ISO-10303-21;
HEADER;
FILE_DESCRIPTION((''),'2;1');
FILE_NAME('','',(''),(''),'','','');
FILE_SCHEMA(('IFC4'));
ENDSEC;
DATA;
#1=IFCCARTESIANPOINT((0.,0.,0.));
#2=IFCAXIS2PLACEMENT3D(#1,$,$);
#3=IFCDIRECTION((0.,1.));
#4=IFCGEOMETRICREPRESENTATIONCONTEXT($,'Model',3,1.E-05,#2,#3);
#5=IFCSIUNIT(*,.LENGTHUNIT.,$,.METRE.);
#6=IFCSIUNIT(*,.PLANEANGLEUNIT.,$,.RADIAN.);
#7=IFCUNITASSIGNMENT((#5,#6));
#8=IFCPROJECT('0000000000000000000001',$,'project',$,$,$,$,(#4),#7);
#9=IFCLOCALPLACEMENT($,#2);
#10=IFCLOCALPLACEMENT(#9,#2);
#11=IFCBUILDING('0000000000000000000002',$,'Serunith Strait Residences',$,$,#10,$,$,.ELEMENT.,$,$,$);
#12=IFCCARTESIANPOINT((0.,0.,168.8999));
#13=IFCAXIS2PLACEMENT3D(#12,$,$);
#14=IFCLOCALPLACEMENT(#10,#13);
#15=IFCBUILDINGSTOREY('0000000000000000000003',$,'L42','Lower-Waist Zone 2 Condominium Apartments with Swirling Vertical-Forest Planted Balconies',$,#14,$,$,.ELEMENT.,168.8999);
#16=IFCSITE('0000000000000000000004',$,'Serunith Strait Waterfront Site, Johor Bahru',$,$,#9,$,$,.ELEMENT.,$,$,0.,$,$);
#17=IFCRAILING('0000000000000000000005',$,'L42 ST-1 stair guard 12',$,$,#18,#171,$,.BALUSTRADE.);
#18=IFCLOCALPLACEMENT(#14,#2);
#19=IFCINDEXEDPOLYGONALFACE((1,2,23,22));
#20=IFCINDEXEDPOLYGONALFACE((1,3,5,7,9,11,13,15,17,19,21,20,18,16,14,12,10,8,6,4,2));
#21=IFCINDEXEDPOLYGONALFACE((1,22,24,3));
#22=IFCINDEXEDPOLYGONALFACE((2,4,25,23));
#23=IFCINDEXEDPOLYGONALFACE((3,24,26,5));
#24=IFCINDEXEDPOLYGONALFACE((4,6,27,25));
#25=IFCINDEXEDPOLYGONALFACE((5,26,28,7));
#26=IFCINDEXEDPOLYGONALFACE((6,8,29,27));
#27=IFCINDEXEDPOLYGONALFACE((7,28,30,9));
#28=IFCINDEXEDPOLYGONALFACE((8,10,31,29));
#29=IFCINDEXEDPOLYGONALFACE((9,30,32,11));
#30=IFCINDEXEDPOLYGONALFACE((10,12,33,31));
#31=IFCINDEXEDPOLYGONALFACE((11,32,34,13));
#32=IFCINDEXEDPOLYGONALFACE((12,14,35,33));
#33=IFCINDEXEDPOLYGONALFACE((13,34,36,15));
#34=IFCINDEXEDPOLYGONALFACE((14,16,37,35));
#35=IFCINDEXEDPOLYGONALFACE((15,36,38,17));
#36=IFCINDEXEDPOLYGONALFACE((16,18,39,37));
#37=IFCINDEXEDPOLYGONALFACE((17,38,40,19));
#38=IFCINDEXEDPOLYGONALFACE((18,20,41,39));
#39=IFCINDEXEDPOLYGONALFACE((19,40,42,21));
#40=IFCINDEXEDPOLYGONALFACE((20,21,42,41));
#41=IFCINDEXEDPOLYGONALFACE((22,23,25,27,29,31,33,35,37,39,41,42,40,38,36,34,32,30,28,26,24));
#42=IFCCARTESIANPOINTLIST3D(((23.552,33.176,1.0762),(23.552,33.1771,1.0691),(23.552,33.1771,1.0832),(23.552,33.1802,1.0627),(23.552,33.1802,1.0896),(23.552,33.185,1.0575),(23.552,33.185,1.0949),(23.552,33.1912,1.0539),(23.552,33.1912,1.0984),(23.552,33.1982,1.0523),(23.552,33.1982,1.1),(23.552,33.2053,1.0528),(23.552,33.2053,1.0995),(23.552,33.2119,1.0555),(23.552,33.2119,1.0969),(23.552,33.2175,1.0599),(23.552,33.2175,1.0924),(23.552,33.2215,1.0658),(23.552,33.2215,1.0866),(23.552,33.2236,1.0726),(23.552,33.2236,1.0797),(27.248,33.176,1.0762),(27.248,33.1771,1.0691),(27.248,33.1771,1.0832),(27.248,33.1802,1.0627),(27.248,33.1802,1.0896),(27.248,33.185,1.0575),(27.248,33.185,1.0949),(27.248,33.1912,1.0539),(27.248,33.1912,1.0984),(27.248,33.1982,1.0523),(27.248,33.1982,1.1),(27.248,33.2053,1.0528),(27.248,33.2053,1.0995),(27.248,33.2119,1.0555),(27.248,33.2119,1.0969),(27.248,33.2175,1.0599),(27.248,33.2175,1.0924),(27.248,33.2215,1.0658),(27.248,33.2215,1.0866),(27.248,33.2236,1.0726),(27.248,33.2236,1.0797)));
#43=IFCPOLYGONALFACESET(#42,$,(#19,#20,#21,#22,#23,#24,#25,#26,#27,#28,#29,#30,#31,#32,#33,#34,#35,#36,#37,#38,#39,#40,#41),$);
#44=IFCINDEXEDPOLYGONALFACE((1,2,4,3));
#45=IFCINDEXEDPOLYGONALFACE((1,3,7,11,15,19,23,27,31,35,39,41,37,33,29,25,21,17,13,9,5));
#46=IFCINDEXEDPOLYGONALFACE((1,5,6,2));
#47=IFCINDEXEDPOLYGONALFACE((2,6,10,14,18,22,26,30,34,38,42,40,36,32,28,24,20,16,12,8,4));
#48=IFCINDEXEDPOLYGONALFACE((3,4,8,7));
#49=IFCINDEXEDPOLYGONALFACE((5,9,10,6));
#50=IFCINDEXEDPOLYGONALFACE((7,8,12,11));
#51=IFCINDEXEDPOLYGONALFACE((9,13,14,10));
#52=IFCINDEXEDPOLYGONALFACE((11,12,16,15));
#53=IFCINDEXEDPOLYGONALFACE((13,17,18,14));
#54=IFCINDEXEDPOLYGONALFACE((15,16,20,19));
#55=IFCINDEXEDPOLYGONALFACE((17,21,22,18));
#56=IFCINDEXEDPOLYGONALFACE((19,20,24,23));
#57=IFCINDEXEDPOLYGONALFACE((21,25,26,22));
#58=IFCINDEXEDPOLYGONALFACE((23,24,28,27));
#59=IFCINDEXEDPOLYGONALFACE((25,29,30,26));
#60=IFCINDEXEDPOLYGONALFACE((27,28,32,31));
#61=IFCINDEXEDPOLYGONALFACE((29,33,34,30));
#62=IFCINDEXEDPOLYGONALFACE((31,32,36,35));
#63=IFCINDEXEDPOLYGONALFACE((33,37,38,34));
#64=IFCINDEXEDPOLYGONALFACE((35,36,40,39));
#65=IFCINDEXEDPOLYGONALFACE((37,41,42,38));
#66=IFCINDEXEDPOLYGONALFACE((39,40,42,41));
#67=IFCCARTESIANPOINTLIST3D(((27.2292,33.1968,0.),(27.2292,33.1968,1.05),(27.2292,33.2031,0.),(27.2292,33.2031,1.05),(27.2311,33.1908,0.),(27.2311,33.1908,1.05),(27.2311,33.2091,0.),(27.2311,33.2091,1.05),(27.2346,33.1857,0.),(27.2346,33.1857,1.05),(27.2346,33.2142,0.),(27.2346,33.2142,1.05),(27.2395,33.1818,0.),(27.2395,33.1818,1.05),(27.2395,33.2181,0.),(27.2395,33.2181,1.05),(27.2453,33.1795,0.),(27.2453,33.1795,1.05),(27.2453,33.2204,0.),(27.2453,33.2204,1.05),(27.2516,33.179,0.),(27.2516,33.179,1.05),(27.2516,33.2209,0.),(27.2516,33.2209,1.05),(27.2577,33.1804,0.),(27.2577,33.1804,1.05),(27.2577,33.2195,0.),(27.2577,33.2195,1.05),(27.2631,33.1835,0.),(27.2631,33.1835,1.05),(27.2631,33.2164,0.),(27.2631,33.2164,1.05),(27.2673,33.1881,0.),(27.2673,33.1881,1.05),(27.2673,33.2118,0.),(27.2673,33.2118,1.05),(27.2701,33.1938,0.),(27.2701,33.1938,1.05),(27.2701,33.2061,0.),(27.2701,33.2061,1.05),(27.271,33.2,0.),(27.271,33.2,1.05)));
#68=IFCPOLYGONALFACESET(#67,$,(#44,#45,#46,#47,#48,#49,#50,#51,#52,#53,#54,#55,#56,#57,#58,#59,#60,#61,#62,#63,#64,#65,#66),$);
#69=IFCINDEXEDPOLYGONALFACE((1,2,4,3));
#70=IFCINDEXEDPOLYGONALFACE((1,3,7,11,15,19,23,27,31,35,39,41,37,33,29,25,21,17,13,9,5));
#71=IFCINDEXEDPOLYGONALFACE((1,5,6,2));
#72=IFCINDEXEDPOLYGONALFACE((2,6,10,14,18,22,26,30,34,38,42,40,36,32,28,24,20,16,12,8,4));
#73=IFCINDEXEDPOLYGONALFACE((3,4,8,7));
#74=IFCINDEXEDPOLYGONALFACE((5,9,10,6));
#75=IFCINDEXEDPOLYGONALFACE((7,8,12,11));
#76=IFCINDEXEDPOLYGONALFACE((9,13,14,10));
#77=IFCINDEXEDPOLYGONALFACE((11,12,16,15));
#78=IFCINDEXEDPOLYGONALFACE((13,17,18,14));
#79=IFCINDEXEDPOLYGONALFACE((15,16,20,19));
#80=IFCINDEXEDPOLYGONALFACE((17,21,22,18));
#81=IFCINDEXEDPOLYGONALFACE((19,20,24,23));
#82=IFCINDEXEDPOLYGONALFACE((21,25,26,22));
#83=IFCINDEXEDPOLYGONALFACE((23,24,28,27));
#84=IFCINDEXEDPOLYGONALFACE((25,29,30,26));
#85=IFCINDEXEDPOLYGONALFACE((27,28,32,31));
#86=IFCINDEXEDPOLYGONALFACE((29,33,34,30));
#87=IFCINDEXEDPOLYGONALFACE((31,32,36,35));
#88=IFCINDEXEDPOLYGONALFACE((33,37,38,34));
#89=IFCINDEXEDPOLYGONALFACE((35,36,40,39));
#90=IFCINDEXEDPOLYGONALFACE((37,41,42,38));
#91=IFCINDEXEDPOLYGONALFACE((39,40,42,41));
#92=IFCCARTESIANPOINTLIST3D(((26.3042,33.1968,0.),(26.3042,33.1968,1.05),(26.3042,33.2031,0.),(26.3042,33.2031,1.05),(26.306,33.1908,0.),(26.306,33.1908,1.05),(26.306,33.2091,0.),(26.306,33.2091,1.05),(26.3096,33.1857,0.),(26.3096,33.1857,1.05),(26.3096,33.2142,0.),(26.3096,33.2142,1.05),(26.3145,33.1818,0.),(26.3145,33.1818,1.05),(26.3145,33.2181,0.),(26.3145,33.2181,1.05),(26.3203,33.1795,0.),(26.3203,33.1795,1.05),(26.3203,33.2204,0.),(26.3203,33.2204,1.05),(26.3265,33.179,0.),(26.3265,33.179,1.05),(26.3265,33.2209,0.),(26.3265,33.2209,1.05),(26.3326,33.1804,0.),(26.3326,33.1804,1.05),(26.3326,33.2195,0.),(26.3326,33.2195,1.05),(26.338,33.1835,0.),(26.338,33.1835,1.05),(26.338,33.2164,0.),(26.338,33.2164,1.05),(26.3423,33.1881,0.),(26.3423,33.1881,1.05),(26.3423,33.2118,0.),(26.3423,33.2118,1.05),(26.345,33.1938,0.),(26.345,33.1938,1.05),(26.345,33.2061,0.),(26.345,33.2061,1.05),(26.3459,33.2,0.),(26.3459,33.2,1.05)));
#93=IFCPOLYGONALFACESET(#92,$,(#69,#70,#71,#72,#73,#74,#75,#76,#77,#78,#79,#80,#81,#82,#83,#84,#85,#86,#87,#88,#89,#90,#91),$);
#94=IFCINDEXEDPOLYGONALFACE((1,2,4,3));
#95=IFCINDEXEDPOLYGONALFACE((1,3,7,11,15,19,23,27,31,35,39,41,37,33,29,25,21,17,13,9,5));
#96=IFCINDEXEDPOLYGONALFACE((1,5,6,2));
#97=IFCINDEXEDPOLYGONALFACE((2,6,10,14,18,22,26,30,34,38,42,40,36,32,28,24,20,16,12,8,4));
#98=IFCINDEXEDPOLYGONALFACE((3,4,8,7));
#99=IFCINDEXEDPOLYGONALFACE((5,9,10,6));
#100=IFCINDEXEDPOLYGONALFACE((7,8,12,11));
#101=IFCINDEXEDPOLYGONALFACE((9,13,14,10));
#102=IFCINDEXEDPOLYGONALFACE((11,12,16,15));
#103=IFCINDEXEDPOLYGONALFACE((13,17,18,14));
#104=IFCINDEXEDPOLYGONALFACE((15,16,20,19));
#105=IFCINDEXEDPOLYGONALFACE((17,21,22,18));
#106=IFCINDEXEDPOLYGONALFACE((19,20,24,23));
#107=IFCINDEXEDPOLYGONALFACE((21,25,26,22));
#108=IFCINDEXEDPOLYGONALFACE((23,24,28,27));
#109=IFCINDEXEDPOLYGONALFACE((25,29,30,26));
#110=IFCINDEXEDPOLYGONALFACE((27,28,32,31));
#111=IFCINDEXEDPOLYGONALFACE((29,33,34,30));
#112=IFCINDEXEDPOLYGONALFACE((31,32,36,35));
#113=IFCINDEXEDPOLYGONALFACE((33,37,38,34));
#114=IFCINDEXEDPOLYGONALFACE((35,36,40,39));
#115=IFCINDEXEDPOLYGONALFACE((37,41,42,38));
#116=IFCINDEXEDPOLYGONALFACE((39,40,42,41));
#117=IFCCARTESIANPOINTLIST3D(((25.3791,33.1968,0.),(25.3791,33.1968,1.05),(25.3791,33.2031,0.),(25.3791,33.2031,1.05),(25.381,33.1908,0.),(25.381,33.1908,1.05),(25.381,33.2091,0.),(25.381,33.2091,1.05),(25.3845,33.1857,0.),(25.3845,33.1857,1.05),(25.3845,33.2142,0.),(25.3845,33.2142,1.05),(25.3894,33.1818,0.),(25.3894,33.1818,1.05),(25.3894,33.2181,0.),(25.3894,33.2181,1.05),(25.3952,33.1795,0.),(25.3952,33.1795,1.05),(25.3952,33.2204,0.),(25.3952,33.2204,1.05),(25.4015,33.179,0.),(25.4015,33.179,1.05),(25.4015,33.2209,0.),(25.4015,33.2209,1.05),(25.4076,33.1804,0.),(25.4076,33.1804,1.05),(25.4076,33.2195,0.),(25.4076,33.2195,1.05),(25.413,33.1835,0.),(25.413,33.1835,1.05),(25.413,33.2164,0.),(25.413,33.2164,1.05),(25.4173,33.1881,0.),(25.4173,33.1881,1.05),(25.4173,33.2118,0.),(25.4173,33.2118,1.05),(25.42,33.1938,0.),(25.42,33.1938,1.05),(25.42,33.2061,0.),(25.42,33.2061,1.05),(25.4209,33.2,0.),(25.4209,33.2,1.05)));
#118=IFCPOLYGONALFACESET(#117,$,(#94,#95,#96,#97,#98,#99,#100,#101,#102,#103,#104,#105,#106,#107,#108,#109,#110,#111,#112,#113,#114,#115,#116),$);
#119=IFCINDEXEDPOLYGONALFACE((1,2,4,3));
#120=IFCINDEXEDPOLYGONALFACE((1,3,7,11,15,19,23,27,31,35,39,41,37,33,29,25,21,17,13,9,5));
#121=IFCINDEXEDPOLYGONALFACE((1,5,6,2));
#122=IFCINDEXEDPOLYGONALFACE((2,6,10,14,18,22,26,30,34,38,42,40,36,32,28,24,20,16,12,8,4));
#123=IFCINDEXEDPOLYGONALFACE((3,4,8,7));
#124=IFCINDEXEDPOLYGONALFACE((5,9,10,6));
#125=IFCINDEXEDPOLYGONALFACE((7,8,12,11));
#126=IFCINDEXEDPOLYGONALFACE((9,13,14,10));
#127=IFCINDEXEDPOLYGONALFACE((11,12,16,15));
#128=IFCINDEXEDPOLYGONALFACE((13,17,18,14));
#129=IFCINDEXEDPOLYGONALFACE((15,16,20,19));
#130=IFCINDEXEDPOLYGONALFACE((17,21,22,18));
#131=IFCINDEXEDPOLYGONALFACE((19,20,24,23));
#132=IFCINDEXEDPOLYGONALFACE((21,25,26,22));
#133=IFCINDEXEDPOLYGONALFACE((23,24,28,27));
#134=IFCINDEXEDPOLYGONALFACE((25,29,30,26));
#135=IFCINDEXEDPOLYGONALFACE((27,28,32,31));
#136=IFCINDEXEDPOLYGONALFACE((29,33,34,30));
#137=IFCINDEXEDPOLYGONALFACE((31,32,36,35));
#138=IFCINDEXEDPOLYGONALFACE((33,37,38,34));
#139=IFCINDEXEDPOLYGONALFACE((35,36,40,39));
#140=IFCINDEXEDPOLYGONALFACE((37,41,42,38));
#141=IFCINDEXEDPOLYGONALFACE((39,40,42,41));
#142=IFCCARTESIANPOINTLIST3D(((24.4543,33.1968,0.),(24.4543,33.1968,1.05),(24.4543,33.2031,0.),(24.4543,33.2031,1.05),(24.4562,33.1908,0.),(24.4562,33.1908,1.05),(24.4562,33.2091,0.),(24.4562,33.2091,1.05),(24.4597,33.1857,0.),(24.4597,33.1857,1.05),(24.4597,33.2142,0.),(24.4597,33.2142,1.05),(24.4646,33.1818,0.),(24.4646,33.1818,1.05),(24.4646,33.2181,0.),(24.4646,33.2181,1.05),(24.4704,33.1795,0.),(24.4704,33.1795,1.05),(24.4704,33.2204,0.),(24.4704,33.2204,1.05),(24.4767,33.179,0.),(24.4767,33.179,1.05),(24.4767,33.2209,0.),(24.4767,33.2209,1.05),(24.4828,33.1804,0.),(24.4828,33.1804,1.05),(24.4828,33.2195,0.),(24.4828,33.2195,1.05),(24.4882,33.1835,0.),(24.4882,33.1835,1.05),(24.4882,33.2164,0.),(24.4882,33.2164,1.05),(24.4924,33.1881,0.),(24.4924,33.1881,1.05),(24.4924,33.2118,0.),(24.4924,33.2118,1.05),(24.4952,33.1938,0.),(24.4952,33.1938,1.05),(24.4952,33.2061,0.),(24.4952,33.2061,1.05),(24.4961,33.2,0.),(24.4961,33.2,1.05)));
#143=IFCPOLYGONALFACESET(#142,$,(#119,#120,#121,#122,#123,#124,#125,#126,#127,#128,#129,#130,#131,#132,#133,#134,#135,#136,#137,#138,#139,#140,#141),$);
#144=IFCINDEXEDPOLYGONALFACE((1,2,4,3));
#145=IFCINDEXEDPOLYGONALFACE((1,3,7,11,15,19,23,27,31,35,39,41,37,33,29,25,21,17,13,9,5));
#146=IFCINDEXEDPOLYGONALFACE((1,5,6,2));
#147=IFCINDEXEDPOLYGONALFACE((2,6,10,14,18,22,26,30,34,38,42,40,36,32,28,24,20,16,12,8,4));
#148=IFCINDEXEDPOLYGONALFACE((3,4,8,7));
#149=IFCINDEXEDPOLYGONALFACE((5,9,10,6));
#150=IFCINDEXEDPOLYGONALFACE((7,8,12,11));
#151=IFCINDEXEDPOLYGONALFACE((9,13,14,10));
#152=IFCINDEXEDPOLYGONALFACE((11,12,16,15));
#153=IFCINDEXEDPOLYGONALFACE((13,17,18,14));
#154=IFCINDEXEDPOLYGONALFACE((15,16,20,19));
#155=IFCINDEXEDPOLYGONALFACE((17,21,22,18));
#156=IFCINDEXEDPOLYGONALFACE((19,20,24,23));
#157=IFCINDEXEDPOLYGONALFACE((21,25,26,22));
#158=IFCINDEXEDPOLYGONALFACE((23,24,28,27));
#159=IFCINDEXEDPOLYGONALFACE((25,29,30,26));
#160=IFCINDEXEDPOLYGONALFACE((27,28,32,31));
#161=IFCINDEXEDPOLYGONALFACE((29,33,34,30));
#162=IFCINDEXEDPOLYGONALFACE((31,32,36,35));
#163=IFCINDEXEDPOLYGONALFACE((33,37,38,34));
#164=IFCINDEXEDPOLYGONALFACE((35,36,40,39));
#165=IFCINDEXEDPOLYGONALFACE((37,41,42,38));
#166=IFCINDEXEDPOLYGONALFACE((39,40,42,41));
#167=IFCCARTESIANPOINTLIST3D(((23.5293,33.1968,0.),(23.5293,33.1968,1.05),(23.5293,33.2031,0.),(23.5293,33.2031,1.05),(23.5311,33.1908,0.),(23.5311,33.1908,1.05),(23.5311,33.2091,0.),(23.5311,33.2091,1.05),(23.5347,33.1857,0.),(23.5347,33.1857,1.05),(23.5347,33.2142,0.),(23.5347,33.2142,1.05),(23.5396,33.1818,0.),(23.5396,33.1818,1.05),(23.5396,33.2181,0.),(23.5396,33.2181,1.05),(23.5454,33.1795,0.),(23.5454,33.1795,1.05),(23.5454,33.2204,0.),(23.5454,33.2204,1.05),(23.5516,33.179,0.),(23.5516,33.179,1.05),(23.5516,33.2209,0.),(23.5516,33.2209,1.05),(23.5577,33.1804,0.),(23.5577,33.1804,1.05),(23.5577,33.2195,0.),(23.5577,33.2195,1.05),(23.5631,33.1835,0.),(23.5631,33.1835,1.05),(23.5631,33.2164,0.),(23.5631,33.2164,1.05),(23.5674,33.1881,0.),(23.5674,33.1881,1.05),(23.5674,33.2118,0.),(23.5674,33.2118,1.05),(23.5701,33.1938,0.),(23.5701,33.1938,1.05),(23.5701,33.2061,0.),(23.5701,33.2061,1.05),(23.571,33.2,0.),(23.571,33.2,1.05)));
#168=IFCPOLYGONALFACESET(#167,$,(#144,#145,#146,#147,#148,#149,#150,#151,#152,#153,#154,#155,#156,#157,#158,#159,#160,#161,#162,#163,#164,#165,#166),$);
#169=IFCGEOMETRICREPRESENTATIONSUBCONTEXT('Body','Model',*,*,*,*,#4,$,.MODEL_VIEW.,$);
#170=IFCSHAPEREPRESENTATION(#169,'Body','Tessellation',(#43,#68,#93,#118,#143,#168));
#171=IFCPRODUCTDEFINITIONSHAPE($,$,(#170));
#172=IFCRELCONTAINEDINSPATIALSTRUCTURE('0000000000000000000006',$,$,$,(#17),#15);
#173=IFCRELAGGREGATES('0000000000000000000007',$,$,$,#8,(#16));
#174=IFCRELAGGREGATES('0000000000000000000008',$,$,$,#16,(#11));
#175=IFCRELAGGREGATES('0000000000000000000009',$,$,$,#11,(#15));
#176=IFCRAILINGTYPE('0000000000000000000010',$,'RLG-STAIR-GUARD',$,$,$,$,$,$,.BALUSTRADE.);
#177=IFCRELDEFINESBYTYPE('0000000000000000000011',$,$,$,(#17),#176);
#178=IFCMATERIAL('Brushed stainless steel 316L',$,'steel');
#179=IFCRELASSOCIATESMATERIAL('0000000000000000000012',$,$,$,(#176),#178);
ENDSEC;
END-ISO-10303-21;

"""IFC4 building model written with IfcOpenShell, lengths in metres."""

from ifc_helpers import new_model, si_unit, direction, frame, origin, origin_2d, place, context, subcontext, project, spatial, circle, extrude, material, type_object, element, save


model = new_model("IFC4")

# Units and contexts
model_context = context("Model", 3, precision=1e-05, world=origin(), true_north=direction((0.0, 1.0)))
body_context = subcontext(model_context, "Body", "Model", "MODEL_VIEW")
ifc_project = project(units=[si_unit("LENGTHUNIT", "METRE"), si_unit("PLANEANGLEUNIT", "RADIAN")], contexts=[model_context])

# Site, building, storey
site_placement = place(None, origin())
site = spatial("IfcSite", under=ifc_project, at=site_placement, Name="Serunith Strait Waterfront Site, Johor Bahru", CompositionType="ELEMENT", RefElevation=0.0)
building_placement = place(site_placement, origin())
building = spatial("IfcBuilding", under=site, at=building_placement, Name="Serunith Strait Residences", CompositionType="ELEMENT")
storey_placement = place(building_placement, frame((0.0, 0.0, 168.8999)))
storey = spatial("IfcBuildingStorey", under=building, at=storey_placement, Name="L42", Description="Lower-Waist Zone 2 Condominium Apartments with Swirling Vertical-Forest Planted Balconies", CompositionType="ELEMENT", Elevation=168.8999)

# Railing
ifc_material_1 = material(Name="Brushed stainless steel 316L", Category="steel")
railing_type_1 = type_object("IfcRailingType", Name="RLG-STAIR-GUARD", PredefinedType="BALUSTRADE", material=ifc_material_1)
railing_1_placement = place(storey_placement, frame((27.25, 33.2, 0.0)))
element("IfcRailing", 1, at=railing_1_placement, inside=storey, type_object=railing_type_1, Name="L42 ST-1 stair guard 12", PredefinedType="BALUSTRADE", context=body_context, shape_type="SweptSolid", body=[
    extrude(circle(Radius=0.0239, at=origin_2d()), frame((-0.002, 0.0, 1.0762), z_axis=(-1.0, 0.0, 0.0), x_axis=(0.0, -1.0, 0.0)), (0.0, 0.0, 1.0), 3.696),
    extrude(circle(Radius=0.021, at=origin_2d()), origin(), (0.0, 0.0, 1.0), 1.05),
    extrude(circle(Radius=0.021, at=origin_2d()), frame((-0.925, 0.0, 0.0)), (0.0, 0.0, 1.0), 1.05),
    extrude(circle(Radius=0.021, at=origin_2d()), frame((-1.8501, 0.0, 0.0)), (0.0, 0.0, 1.0), 1.05),
    extrude(circle(Radius=0.021, at=origin_2d()), frame((-2.7749, 0.0, 0.0)), (0.0, 0.0, 1.0), 1.05),
    extrude(circle(Radius=0.021, at=origin_2d()), frame((-3.7, 0.0, 0.0)), (0.0, 0.0, 1.0), 1.05),
])

save(model, "model.ifc")
